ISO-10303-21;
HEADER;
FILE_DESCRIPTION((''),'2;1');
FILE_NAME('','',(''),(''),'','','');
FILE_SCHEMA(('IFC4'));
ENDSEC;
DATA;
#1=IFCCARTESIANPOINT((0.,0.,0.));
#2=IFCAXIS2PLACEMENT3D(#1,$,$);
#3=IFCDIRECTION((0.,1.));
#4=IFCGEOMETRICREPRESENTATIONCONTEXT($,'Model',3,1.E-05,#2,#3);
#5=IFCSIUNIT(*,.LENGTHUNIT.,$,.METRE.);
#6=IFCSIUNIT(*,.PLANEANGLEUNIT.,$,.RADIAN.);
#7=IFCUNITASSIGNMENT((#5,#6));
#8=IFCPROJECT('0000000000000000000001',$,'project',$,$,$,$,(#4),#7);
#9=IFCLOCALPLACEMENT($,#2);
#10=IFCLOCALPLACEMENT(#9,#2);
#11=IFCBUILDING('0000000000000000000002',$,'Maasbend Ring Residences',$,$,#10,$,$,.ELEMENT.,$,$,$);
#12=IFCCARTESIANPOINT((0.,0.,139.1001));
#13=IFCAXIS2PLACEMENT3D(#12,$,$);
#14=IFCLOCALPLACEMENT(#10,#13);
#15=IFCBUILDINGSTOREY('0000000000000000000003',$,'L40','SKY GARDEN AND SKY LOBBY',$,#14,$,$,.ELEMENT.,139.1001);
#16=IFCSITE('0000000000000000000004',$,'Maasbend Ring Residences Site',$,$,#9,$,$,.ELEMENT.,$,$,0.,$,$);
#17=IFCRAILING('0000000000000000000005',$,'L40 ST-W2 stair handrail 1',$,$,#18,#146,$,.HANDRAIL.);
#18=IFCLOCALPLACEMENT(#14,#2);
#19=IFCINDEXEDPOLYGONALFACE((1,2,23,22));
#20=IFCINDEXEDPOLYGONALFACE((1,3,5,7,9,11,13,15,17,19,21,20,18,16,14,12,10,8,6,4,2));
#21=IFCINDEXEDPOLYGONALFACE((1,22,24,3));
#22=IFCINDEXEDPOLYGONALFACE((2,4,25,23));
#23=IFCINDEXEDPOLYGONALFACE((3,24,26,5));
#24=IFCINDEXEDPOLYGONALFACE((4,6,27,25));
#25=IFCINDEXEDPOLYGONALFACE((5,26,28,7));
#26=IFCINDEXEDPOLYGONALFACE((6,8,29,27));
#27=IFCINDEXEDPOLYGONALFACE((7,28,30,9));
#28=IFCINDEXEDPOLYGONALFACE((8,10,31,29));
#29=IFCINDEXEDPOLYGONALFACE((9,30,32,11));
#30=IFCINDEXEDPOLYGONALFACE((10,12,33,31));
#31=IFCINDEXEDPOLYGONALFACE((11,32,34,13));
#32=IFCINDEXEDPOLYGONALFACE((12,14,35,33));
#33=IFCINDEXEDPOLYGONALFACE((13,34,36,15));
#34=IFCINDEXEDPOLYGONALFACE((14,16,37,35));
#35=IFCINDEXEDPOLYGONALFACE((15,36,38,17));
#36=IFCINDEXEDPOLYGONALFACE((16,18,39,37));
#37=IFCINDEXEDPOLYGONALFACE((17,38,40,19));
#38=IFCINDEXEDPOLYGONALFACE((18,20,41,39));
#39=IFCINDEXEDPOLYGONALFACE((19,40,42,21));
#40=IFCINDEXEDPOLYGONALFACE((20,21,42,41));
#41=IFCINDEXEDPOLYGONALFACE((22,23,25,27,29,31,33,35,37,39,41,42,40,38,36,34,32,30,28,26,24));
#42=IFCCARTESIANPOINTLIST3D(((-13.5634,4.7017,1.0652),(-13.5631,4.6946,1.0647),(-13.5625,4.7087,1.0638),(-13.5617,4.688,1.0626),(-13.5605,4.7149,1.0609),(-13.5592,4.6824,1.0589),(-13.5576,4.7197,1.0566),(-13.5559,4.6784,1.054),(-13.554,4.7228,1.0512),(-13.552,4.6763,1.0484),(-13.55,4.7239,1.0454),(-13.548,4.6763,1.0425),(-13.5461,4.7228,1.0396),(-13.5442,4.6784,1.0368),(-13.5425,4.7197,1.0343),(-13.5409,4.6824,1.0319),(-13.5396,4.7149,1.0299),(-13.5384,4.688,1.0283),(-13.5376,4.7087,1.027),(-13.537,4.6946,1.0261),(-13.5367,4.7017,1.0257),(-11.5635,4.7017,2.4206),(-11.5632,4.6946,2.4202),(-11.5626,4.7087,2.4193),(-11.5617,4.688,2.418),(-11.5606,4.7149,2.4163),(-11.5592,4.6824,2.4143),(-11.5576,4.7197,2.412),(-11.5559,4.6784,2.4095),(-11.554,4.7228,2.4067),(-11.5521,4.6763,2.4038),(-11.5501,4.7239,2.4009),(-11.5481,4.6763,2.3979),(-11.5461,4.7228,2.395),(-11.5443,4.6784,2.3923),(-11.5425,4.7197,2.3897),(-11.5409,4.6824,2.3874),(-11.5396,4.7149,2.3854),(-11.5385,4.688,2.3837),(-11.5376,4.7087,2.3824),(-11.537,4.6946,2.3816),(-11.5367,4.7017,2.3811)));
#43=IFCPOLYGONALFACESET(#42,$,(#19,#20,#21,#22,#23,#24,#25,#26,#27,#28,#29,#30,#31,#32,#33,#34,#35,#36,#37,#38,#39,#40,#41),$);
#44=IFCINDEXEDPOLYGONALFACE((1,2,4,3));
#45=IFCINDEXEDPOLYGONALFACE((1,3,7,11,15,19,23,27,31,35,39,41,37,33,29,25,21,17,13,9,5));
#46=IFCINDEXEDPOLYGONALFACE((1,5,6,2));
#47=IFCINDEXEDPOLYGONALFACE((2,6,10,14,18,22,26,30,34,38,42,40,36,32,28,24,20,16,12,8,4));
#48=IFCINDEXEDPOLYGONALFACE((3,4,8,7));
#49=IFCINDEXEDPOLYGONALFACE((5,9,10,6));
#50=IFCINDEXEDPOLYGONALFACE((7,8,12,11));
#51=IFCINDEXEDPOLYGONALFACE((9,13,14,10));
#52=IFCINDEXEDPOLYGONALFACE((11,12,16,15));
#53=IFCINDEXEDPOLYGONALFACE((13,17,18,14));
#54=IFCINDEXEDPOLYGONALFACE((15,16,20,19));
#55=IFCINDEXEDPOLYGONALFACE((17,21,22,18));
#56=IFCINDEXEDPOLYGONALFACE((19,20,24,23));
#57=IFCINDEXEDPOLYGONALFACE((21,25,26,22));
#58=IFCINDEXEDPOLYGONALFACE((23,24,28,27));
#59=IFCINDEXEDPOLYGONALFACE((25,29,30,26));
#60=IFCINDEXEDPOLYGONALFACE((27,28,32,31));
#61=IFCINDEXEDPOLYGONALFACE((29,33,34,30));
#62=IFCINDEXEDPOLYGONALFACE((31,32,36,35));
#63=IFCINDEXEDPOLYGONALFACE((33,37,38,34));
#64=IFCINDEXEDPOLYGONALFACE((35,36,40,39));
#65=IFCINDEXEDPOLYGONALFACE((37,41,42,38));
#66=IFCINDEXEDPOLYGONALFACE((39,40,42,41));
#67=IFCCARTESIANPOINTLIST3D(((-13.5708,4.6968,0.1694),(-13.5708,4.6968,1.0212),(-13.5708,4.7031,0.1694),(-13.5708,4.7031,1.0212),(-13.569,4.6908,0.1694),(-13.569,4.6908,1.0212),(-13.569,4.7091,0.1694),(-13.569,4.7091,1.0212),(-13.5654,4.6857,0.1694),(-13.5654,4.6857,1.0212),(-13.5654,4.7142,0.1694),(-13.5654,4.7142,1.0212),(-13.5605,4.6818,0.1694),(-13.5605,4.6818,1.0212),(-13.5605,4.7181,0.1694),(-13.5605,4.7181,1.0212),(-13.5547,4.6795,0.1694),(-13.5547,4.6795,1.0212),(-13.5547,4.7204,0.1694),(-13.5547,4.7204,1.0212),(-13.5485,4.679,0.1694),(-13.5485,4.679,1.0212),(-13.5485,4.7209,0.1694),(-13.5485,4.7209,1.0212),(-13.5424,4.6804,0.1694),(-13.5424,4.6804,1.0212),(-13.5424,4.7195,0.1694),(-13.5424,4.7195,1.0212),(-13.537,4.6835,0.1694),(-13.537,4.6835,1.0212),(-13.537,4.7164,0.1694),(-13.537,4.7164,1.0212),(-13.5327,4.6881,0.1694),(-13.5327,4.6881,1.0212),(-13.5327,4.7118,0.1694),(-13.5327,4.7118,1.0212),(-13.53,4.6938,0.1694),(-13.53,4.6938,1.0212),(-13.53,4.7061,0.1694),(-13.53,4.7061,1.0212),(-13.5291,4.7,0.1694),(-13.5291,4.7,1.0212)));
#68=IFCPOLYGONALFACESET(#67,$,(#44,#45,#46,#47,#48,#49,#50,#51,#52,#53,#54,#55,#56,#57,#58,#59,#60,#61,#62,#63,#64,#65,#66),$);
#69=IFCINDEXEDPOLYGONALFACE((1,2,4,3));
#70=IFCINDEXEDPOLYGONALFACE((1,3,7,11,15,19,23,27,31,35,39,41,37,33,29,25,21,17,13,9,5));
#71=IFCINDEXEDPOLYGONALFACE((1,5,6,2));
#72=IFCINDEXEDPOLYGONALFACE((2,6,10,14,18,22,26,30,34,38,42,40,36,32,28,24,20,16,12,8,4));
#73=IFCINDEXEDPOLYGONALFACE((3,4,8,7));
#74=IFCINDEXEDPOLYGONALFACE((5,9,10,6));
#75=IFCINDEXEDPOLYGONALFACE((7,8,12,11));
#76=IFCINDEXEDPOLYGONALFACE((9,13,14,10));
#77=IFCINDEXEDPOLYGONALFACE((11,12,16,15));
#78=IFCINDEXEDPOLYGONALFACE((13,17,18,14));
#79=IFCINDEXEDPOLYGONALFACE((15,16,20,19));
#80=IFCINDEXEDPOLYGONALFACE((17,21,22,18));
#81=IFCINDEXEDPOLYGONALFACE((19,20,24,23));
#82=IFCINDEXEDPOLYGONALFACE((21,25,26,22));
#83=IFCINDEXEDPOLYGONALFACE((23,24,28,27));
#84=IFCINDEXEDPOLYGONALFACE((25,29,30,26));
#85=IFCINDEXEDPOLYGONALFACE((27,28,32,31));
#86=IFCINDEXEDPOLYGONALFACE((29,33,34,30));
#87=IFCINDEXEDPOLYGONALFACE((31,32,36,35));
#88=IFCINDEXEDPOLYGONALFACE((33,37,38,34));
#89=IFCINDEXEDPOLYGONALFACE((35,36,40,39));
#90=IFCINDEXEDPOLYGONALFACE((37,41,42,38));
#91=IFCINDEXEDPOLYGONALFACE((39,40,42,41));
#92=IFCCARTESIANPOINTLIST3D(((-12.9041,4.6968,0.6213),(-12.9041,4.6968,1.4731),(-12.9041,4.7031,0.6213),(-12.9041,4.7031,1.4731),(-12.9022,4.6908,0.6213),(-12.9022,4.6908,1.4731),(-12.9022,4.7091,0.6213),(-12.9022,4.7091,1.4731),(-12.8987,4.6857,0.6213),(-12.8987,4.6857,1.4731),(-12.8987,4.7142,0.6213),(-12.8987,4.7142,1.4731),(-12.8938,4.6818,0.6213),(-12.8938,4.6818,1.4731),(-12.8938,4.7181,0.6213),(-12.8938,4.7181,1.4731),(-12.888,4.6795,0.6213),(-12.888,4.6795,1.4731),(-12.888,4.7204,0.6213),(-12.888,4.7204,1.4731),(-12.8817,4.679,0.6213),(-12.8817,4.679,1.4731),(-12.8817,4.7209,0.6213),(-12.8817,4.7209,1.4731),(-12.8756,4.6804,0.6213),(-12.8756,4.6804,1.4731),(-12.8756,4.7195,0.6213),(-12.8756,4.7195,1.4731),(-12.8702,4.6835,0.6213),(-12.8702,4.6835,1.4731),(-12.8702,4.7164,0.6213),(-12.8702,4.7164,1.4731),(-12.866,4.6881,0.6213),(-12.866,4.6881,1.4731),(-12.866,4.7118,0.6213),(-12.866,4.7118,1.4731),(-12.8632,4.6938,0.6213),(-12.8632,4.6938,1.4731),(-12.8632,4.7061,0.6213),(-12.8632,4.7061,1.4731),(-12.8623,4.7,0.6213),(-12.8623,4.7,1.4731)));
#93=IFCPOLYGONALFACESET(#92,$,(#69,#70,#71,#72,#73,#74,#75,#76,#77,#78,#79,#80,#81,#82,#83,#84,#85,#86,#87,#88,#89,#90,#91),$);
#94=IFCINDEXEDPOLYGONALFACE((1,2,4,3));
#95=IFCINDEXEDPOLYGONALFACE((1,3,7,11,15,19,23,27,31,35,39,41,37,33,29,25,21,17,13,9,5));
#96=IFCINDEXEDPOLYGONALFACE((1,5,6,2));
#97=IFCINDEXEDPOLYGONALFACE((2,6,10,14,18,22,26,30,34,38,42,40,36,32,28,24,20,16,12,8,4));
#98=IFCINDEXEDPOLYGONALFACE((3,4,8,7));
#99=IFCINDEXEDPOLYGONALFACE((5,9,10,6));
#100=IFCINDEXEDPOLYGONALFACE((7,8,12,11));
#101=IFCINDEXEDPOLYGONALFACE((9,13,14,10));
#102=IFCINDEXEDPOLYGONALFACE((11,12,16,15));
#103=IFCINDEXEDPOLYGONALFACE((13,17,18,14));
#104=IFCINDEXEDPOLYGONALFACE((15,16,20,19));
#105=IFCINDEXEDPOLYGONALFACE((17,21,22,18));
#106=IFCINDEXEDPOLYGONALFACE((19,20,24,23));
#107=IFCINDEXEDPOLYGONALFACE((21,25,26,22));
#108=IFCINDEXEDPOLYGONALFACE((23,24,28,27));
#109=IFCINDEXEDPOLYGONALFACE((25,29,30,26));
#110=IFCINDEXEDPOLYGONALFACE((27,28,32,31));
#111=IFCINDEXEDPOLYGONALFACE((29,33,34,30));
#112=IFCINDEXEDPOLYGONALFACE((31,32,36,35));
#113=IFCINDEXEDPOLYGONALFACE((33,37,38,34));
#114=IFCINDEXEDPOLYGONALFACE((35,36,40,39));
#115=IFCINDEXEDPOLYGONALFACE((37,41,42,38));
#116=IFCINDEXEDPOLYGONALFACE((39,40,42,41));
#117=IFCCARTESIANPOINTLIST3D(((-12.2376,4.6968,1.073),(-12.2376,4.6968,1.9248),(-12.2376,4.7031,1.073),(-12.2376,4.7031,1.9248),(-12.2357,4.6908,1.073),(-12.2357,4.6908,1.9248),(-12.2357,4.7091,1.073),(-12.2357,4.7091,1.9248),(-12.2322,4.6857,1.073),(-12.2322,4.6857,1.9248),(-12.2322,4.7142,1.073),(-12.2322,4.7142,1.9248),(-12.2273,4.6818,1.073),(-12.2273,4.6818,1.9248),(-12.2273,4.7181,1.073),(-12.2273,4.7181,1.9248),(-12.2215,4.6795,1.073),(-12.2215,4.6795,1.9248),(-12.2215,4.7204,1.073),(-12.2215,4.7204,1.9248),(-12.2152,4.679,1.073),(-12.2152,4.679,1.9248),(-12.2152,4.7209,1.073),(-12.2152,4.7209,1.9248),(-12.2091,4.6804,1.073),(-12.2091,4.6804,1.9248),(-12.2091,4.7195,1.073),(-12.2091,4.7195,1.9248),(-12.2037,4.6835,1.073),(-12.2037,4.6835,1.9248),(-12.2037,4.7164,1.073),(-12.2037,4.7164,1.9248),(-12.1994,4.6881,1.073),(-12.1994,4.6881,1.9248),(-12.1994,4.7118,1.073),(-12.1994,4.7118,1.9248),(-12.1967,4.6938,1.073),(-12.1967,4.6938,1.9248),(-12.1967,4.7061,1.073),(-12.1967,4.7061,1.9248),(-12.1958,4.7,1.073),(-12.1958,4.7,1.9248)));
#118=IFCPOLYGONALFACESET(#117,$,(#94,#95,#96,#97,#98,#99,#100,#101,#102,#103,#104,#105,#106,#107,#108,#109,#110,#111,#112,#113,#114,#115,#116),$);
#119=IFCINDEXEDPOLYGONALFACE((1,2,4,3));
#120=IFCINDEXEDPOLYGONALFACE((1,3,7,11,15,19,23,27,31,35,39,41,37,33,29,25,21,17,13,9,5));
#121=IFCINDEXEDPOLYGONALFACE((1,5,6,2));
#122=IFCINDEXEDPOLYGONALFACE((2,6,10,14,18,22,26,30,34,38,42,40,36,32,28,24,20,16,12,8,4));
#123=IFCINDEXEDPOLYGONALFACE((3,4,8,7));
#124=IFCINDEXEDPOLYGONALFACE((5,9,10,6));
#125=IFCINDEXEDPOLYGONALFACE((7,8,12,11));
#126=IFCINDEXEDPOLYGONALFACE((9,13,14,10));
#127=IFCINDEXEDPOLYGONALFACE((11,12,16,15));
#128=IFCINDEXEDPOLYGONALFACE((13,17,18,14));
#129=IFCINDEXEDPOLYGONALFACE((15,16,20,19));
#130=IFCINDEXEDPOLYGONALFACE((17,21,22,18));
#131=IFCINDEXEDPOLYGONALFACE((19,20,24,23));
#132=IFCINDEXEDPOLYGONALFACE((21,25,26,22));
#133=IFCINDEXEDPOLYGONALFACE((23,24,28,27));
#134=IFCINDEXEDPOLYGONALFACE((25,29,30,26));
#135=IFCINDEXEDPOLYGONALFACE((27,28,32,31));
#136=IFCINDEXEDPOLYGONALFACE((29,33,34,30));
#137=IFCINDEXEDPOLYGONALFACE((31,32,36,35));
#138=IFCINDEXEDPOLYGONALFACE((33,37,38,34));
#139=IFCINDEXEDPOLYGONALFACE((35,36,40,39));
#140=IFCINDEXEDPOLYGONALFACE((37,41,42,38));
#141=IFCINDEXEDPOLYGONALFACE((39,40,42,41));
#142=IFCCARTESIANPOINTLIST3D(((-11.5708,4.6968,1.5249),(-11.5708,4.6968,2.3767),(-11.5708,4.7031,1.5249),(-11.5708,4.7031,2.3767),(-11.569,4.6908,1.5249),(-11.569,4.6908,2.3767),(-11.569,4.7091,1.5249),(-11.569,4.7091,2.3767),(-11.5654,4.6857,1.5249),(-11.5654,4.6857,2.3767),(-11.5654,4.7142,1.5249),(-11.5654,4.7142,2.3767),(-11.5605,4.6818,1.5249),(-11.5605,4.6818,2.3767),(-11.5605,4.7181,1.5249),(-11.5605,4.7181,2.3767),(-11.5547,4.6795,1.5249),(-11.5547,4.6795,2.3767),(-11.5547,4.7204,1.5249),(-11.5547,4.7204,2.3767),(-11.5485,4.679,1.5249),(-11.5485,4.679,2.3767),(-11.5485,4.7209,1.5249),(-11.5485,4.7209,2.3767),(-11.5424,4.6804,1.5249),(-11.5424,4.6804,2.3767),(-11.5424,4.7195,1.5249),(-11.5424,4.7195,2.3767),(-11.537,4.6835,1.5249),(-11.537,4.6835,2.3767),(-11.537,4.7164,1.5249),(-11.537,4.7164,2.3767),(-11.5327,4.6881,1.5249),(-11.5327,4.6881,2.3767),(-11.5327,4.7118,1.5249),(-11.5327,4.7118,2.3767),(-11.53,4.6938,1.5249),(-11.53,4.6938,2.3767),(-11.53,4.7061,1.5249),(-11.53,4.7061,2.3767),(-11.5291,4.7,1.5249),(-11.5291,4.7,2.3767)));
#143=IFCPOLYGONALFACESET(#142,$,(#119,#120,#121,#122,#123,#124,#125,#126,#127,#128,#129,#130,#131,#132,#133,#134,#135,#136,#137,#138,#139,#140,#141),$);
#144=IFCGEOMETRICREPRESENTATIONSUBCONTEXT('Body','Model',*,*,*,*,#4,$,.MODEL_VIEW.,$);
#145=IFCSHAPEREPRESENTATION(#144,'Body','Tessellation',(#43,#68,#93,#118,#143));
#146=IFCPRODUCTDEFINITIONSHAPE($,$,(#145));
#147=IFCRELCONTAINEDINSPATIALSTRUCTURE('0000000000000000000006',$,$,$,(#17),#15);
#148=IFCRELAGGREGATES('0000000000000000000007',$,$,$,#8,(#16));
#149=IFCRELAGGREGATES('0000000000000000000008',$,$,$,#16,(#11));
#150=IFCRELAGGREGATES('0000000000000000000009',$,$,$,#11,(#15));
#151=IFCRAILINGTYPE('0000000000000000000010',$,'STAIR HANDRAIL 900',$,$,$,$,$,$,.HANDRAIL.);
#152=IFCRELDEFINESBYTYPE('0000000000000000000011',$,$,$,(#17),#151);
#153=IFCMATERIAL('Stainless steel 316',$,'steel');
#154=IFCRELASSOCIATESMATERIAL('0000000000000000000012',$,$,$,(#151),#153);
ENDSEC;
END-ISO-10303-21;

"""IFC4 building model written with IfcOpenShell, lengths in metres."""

from ifc_helpers import new_model, si_unit, direction, frame, origin, origin_2d, place, context, subcontext, project, spatial, circle, extrude, material, type_object, element, save


model = new_model("IFC4")

# Units and contexts
model_context = context("Model", 3, precision=1e-05, world=origin(), true_north=direction((0.0, 1.0)))
body_context = subcontext(model_context, "Body", "Model", "MODEL_VIEW")
ifc_project = project(units=[si_unit("LENGTHUNIT", "METRE"), si_unit("PLANEANGLEUNIT", "RADIAN")], contexts=[model_context])

# Site, building, storey
site_placement = place(None, origin())
site = spatial("IfcSite", under=ifc_project, at=site_placement, Name="Maasbend Ring Residences Site", CompositionType="ELEMENT", RefElevation=0.0)
building_placement = place(site_placement, origin())
building = spatial("IfcBuilding", under=site, at=building_placement, Name="Maasbend Ring Residences", CompositionType="ELEMENT")
storey_placement = place(building_placement, frame((0.0, 0.0, 139.1001)))
storey = spatial("IfcBuildingStorey", under=building, at=storey_placement, Name="L40", Description="SKY GARDEN AND SKY LOBBY", CompositionType="ELEMENT", Elevation=139.1001)

# Railing
ifc_material_1 = material(Name="Stainless steel 316", Category="steel")
railing_type = type_object("IfcRailingType", Name="STAIR HANDRAIL 900", PredefinedType="HANDRAIL", material=ifc_material_1)
railing_1_placement = place(storey_placement, frame((-13.55, 4.7, 0.1694)))
element("IfcRailing", 1, at=railing_1_placement, inside=storey, type_object=railing_type, Name="L40 ST-W2 stair handrail 1", PredefinedType="HANDRAIL", context=body_context, shape_type="SweptSolid", body=[
    extrude(circle(Radius=0.0239, at=origin_2d()), frame((0.0, 0.0, 0.876), z_axis=(0.827798, 0.0, 0.561027), x_axis=(0.0, 1.0, 0.0)), (0.0, 0.0, 1.0), 2.416),
    extrude(circle(Radius=0.021, at=origin_2d()), origin(), (0.0, 0.0, 1.0), 0.8518),
    extrude(circle(Radius=0.021, at=origin_2d()), frame((0.6667, 0.0, 0.4519)), (0.0, 0.0, 1.0), 0.8518),
    extrude(circle(Radius=0.021, at=origin_2d()), frame((1.3333, 0.0, 0.9036)), (0.0, 0.0, 1.0), 0.8518),
    extrude(circle(Radius=0.021, at=origin_2d()), frame((2.0, 0.0, 1.3555)), (0.0, 0.0, 1.0), 0.8518),
])

save(model, "model.ifc")
